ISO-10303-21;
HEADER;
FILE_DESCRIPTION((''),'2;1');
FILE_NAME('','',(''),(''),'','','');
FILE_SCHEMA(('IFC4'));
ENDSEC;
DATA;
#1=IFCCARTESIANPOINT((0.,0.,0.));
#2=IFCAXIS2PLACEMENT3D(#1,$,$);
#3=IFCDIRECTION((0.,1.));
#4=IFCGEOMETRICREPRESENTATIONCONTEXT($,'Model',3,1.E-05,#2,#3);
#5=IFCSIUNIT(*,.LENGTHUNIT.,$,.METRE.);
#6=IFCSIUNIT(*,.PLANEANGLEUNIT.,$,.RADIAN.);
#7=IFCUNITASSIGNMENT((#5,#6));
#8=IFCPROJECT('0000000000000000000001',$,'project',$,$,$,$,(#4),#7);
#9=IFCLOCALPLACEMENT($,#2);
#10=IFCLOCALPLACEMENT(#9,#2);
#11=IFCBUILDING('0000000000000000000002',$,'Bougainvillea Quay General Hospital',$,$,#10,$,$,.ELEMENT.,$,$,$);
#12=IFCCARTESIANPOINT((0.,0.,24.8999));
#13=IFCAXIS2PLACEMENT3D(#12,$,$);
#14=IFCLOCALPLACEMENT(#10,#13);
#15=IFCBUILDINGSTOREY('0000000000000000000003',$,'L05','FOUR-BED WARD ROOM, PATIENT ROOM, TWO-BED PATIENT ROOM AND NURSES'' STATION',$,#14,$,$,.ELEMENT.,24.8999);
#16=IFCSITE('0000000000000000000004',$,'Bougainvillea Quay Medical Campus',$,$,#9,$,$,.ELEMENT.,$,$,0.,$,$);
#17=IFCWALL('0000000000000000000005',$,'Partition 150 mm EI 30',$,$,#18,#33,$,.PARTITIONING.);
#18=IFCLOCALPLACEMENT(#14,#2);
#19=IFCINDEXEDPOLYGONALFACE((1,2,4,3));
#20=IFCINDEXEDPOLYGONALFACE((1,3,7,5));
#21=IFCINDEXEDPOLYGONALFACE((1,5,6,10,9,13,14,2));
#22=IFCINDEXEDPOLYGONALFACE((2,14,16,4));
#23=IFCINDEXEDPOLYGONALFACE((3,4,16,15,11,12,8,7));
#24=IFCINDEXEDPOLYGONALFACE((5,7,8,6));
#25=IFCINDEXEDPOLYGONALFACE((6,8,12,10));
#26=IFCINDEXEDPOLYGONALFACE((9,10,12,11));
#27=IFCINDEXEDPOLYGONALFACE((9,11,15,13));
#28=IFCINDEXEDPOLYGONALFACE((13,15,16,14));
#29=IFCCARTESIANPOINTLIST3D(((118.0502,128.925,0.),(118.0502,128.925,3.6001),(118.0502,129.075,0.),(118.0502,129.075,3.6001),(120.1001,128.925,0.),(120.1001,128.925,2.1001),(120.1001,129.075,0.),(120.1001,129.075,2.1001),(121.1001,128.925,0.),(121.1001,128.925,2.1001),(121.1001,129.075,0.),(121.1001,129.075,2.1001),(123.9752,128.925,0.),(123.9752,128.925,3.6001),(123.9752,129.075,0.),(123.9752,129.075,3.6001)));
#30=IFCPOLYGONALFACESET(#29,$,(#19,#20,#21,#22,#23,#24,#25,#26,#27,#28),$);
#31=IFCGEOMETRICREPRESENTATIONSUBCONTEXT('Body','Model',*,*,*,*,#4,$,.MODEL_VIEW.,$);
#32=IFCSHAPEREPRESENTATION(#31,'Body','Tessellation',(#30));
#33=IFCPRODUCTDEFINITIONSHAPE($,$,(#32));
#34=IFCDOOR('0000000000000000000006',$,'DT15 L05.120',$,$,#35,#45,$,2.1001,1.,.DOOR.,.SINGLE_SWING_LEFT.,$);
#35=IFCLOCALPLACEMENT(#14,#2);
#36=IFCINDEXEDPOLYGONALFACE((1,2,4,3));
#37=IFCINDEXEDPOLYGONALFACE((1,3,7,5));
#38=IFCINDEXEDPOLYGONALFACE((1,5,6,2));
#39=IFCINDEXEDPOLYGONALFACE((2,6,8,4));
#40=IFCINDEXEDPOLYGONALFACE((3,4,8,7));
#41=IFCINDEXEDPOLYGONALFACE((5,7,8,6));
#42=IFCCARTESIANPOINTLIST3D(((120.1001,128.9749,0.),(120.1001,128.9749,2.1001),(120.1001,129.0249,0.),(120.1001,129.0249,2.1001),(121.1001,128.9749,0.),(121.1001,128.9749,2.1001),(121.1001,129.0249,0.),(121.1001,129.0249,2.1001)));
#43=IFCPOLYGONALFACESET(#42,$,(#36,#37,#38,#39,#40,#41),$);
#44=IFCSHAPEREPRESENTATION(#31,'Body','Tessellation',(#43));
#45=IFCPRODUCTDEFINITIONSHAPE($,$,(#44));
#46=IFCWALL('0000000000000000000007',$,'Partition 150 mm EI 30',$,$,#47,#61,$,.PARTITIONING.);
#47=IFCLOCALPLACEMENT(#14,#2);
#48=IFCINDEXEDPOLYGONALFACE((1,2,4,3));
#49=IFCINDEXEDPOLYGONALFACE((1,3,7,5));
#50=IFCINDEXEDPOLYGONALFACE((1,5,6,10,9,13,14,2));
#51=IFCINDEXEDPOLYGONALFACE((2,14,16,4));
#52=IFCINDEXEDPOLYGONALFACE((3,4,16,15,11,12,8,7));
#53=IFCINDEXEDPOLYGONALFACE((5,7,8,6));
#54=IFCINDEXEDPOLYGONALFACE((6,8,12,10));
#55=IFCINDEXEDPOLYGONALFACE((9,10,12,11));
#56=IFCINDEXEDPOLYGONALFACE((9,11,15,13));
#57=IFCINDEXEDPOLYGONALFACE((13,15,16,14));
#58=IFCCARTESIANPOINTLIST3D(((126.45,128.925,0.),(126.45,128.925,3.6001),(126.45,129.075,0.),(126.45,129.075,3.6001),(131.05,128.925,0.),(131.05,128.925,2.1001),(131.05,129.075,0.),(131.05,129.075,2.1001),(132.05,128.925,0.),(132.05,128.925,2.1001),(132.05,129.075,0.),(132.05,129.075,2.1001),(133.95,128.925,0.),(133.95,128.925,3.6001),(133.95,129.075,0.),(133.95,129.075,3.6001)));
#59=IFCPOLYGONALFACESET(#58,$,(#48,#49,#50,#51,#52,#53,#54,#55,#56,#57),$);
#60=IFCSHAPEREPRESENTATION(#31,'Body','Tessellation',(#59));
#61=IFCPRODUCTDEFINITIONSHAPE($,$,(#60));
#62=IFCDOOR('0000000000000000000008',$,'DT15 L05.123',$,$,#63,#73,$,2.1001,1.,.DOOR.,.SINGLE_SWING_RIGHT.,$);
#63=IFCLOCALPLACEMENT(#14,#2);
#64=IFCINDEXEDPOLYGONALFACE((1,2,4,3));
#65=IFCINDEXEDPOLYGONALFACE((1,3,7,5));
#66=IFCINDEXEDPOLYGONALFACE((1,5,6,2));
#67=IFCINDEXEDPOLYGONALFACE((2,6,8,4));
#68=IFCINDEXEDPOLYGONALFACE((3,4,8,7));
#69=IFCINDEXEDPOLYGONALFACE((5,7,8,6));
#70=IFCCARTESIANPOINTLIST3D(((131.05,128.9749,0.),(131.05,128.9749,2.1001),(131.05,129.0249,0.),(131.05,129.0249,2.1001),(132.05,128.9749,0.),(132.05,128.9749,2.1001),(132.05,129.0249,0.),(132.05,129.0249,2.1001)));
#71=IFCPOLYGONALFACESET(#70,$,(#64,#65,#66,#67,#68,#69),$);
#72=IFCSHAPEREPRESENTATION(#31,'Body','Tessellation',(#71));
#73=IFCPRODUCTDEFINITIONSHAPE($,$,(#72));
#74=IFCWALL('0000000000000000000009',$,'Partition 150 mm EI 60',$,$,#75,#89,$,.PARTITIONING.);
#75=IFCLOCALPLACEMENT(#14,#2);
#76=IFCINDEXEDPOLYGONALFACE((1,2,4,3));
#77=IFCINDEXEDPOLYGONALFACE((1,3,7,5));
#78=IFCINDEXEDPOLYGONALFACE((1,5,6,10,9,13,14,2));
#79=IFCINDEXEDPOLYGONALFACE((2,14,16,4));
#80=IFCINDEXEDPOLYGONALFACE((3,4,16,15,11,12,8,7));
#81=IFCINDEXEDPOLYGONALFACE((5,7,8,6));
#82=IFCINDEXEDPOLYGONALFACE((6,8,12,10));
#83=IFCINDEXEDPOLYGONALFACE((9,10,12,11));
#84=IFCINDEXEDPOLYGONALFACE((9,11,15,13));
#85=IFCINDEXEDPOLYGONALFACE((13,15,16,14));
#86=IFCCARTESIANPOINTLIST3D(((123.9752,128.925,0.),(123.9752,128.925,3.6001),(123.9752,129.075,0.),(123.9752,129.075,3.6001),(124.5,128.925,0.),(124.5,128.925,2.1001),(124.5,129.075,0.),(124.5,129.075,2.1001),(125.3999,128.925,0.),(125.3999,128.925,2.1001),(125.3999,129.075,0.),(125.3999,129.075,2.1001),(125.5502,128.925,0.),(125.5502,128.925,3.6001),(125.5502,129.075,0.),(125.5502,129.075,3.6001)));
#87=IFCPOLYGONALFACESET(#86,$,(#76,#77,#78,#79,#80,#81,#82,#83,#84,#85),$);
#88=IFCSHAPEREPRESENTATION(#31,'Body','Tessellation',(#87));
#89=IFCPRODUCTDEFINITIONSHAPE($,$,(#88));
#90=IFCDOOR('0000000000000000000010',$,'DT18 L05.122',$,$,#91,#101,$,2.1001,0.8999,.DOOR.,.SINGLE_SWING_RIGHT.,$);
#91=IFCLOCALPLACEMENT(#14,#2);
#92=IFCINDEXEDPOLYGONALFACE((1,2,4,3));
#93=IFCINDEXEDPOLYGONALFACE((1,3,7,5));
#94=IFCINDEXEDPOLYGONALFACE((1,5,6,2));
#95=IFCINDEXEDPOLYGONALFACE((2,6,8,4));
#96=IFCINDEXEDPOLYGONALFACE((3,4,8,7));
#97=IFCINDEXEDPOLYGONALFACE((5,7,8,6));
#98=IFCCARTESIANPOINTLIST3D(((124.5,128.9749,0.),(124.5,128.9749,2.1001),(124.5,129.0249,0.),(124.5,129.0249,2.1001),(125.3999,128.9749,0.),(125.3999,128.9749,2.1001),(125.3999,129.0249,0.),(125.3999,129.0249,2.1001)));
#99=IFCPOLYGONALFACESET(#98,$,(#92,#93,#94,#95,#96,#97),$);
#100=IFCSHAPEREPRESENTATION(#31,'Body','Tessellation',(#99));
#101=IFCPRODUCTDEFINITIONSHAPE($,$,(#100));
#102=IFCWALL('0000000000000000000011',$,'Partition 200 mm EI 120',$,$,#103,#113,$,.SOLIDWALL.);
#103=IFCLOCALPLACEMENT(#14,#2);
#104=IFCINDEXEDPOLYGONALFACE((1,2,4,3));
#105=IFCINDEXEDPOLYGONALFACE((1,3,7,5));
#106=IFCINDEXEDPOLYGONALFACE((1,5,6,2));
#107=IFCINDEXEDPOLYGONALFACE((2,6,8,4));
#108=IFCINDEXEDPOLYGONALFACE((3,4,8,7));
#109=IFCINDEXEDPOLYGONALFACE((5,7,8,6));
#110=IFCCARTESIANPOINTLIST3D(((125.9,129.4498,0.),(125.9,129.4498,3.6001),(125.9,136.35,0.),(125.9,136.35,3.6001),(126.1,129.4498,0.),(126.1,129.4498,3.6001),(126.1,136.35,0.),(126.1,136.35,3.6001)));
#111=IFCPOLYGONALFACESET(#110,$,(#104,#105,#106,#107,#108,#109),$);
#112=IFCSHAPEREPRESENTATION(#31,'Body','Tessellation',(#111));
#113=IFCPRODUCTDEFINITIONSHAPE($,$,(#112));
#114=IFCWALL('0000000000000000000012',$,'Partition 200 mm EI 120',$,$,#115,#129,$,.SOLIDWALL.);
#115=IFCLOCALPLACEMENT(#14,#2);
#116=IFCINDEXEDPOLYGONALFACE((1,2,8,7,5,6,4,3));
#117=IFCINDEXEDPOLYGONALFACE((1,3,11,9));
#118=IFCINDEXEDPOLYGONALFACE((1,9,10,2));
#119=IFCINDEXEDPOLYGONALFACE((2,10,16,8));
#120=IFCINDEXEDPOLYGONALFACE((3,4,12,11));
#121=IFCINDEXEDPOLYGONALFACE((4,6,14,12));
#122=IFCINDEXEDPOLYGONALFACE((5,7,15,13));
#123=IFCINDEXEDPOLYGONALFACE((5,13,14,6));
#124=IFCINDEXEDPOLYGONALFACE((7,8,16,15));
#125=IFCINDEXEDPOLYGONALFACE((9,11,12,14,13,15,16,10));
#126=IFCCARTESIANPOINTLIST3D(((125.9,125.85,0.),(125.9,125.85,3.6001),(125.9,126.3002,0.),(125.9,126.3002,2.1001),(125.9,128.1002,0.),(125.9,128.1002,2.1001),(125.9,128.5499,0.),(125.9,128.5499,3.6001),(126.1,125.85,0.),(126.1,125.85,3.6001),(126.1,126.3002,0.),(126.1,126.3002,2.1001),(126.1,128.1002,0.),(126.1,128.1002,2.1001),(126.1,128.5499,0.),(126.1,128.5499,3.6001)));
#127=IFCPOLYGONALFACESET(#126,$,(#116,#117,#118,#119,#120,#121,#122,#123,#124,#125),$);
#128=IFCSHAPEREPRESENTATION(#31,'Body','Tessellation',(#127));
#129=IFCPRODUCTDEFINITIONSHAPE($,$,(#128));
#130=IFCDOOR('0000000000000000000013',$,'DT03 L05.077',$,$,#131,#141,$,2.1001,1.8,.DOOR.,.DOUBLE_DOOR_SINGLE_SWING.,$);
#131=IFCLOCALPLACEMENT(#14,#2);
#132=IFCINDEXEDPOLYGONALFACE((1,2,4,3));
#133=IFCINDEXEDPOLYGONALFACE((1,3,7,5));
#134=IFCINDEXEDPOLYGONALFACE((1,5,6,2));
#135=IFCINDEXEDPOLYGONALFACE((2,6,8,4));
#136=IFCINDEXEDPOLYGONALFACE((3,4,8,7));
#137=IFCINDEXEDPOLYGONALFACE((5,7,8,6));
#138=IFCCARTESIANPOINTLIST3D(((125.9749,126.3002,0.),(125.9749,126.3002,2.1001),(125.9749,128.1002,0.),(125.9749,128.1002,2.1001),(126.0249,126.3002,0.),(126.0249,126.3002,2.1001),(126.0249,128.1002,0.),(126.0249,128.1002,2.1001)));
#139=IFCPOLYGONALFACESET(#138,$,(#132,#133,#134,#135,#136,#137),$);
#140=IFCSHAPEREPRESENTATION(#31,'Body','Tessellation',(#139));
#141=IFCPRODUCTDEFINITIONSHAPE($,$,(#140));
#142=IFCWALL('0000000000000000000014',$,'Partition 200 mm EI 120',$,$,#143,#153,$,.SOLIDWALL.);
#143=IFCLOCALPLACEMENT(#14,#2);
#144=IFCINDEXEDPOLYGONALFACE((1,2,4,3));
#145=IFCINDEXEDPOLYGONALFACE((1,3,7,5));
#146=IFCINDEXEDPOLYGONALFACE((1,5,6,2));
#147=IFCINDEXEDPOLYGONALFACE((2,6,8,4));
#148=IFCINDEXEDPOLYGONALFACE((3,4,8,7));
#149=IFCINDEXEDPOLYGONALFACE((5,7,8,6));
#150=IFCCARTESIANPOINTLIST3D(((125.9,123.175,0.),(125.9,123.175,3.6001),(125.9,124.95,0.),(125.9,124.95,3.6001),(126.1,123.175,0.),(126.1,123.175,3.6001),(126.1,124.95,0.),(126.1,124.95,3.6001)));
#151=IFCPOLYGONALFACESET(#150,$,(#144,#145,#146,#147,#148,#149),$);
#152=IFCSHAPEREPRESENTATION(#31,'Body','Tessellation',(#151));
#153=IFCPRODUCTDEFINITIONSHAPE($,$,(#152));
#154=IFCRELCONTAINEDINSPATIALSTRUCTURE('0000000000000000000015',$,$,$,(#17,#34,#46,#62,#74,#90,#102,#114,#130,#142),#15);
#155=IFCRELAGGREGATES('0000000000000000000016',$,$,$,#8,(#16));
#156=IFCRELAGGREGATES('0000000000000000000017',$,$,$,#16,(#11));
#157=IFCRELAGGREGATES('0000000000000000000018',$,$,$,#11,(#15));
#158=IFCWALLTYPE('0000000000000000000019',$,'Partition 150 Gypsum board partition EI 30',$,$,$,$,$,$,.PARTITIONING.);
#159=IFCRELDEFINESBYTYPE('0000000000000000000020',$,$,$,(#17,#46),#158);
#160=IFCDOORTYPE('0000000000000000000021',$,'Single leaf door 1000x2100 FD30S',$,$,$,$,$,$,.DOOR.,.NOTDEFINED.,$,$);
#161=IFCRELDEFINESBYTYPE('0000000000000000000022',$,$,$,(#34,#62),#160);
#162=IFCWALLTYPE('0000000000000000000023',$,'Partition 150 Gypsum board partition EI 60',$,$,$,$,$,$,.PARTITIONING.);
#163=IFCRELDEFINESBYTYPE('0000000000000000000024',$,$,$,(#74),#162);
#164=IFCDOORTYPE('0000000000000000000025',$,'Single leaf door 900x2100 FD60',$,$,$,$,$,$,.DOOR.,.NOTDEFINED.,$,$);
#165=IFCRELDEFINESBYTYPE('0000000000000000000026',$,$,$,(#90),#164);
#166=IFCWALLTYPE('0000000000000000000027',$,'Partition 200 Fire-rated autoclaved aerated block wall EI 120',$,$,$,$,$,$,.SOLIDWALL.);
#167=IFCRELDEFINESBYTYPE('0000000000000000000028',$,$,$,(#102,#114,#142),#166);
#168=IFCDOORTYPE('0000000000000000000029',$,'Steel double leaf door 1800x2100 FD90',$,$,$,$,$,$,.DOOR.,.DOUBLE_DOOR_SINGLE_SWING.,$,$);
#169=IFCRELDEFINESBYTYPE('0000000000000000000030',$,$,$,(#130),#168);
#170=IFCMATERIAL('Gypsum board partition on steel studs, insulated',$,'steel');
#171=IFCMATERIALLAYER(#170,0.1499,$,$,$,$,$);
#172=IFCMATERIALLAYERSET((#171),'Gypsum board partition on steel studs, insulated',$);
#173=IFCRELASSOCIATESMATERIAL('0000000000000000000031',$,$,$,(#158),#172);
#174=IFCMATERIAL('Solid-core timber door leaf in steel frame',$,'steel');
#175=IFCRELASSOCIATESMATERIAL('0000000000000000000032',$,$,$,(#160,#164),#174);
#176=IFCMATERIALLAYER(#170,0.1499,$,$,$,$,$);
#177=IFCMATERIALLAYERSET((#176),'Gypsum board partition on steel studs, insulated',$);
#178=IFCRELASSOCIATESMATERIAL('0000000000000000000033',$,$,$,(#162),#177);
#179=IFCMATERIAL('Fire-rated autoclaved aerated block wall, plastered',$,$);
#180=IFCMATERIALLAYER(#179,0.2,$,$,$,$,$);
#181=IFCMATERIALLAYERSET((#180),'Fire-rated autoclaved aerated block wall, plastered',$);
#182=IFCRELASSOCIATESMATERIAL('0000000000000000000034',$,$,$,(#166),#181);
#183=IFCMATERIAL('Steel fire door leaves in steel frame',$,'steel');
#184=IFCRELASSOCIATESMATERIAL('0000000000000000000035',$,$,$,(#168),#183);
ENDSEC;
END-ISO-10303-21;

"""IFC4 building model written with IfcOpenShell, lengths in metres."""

from ifc_helpers import new_model, si_unit, direction, frame, frame_2d, origin, place, context, subcontext, project, spatial, rectangle, extrude, material, layer, layer_set, type_object, element, fill, save


model = new_model("IFC4")

# Units and contexts
model_context = context("Model", 3, precision=1e-05, world=origin(), true_north=direction((0.0, 1.0)))
body_context = subcontext(model_context, "Body", "Model", "MODEL_VIEW")
ifc_project = project(units=[si_unit("LENGTHUNIT", "METRE"), si_unit("PLANEANGLEUNIT", "RADIAN")], contexts=[model_context])

# Site, building, storey
site_placement = place(None, origin())
site = spatial("IfcSite", under=ifc_project, at=site_placement, Name="Bougainvillea Quay Medical Campus", CompositionType="ELEMENT", RefElevation=0.0)
building_placement = place(site_placement, origin())
building = spatial("IfcBuilding", under=site, at=building_placement, Name="Bougainvillea Quay General Hospital", CompositionType="ELEMENT")
storey_placement = place(building_placement, frame((0.0, 0.0, 24.8999)))
storey = spatial("IfcBuildingStorey", under=building, at=storey_placement, Name="L05", Description="FOUR-BED WARD ROOM, PATIENT ROOM, TWO-BED PATIENT ROOM AND NURSES' STATION", CompositionType="ELEMENT", Elevation=24.8999)

# Shared definitions
ifc_material_1 = material(Name="Gypsum board partition on steel studs, insulated", Category="steel")

# Shared definitions
ifc_material_2 = material(Name="Solid-core timber door leaf in steel frame", Category="steel")

# Walls, openings, doors
ifc_layer_1 = layer(ifc_material_1, 0.1499)
ifc_layer_set_1 = layer_set([ifc_layer_1], Name="Gypsum board partition on steel studs, insulated")
wall_type_1 = type_object("IfcWallType", Name="Partition 150 Gypsum board partition EI 30", PredefinedType="PARTITIONING", material=ifc_layer_set_1)
wall_1_placement = place(storey_placement, frame((123.9751, 129.0, 0.0), z_axis=(0.0, 0.0, 1.0), x_axis=(-1.0, 0.0, 0.0)))
wall_1 = element("IfcWall", 1, at=wall_1_placement, inside=storey, type_object=wall_type_1, Name="Partition 150 mm EI 30", PredefinedType="PARTITIONING", context=body_context, shape_type="SweptSolid", body=[
    extrude(rectangle(XDim=5.925, YDim=0.1499, at=frame_2d((2.9624, 0.0))), origin(), (0.0, 0.0, 1.0), 3.6001),
])
opening_1_placement = place(wall_1_placement, frame((2.875, 0.0, 0.0)))
opening_1 = element("IfcOpeningElement", 2, at=opening_1_placement, cuts=wall_1, PredefinedType="OPENING", context=body_context, shape_type="SweptSolid", body=[
    extrude(rectangle(XDim=1.0, YDim=2.1001, at=frame_2d((0.5, 1.05))), frame((0.0, 0.085, 0.0), z_axis=(0.0, -1.0, 0.0), x_axis=(1.0, 0.0, 0.0)), (0.0, 0.0, 1.0), 0.1699),
])
door_type_1 = type_object("IfcDoorType", Name="Single leaf door 1000x2100 FD30S", OperationType="NOTDEFINED", PredefinedType="DOOR", material=ifc_material_2)
door_1_placement = place(opening_1_placement, frame((1.0, 0.0, 0.0), z_axis=(0.0, 0.0, 1.0), x_axis=(-1.0, 0.0, 0.0)))
door_1 = element("IfcDoor", 3, at=door_1_placement, inside=storey, type_object=door_type_1, Name="DT15 L05.120", OperationType="SINGLE_SWING_LEFT", OverallHeight=2.1001, OverallWidth=1.0, PredefinedType="DOOR", context=body_context, shape_type="SweptSolid", body=[
    extrude(rectangle(XDim=1.0, YDim=2.1001, at=frame_2d((0.5, 1.05))), frame((0.0, 0.0249, 0.0), z_axis=(0.0, -1.0, 0.0), x_axis=(1.0, 0.0, 0.0)), (0.0, 0.0, 1.0), 0.05),
])
fill(opening_1, door_1)
wall_2_placement = place(storey_placement, frame((126.45, 129.0, 0.0), z_axis=(0.0, 0.0, 1.0), x_axis=(1.0, 0.0, 0.0)))
wall_2 = element("IfcWall", 4, at=wall_2_placement, inside=storey, type_object=wall_type_1, Name="Partition 150 mm EI 30", PredefinedType="PARTITIONING", context=body_context, shape_type="SweptSolid", body=[
    extrude(rectangle(XDim=7.5, YDim=0.1499, at=frame_2d((3.75, 0.0))), origin(), (0.0, 0.0, 1.0), 3.6001),
])
opening_2_placement = place(wall_2_placement, frame((4.6001, 0.0, 0.0)))
opening_2 = element("IfcOpeningElement", 5, at=opening_2_placement, cuts=wall_2, PredefinedType="OPENING", context=body_context, shape_type="SweptSolid", body=[
    extrude(rectangle(XDim=1.0, YDim=2.1001, at=frame_2d((0.5, 1.05))), frame((0.0, 0.085, 0.0), z_axis=(0.0, -1.0, 0.0), x_axis=(1.0, 0.0, 0.0)), (0.0, 0.0, 1.0), 0.1699),
])
door_2_placement = place(opening_2_placement, origin())
door_2 = element("IfcDoor", 6, at=door_2_placement, inside=storey, type_object=door_type_1, Name="DT15 L05.123", OperationType="SINGLE_SWING_RIGHT", OverallHeight=2.1001, OverallWidth=1.0, PredefinedType="DOOR", context=body_context, shape_type="SweptSolid", body=[
    extrude(rectangle(XDim=1.0, YDim=2.1001, at=frame_2d((0.5, 1.05))), frame((0.0, 0.0249, 0.0), z_axis=(0.0, -1.0, 0.0), x_axis=(1.0, 0.0, 0.0)), (0.0, 0.0, 1.0), 0.05),
])
fill(opening_2, door_2)
ifc_layer_2 = layer(ifc_material_1, 0.1499)
ifc_layer_set_2 = layer_set([ifc_layer_2], Name="Gypsum board partition on steel studs, insulated")
wall_type_2 = type_object("IfcWallType", Name="Partition 150 Gypsum board partition EI 60", PredefinedType="PARTITIONING", material=ifc_layer_set_2)
wall_3_placement = place(storey_placement, frame((123.9751, 129.0, 0.0), z_axis=(0.0, 0.0, 1.0), x_axis=(1.0, 0.0, 0.0)))
wall_3 = element("IfcWall", 7, at=wall_3_placement, inside=storey, type_object=wall_type_2, Name="Partition 150 mm EI 60", PredefinedType="PARTITIONING", context=body_context, shape_type="SweptSolid", body=[
    extrude(rectangle(XDim=1.575, YDim=0.1499, at=frame_2d((0.7876, 0.0))), origin(), (0.0, 0.0, 1.0), 3.6001),
])
opening_3_placement = place(wall_3_placement, frame((0.5249, 0.0, 0.0)))
opening_3 = element("IfcOpeningElement", 8, at=opening_3_placement, cuts=wall_3, PredefinedType="OPENING", context=body_context, shape_type="SweptSolid", body=[
    extrude(rectangle(XDim=0.8999, YDim=2.1001, at=frame_2d((0.45, 1.05))), frame((0.0, 0.085, 0.0), z_axis=(0.0, -1.0, 0.0), x_axis=(1.0, 0.0, 0.0)), (0.0, 0.0, 1.0), 0.1699),
])
door_type_2 = type_object("IfcDoorType", Name="Single leaf door 900x2100 FD60", OperationType="NOTDEFINED", PredefinedType="DOOR", material=ifc_material_2)
door_3_placement = place(opening_3_placement, origin())
door_3 = element("IfcDoor", 9, at=door_3_placement, inside=storey, type_object=door_type_2, Name="DT18 L05.122", OperationType="SINGLE_SWING_RIGHT", OverallHeight=2.1001, OverallWidth=0.8999, PredefinedType="DOOR", context=body_context, shape_type="SweptSolid", body=[
    extrude(rectangle(XDim=0.8999, YDim=2.1001, at=frame_2d((0.45, 1.05))), frame((0.0, 0.0249, 0.0), z_axis=(0.0, -1.0, 0.0), x_axis=(1.0, 0.0, 0.0)), (0.0, 0.0, 1.0), 0.05),
])
fill(opening_3, door_3)

# Wall
ifc_material_3 = material(Name="Fire-rated autoclaved aerated block wall, plastered")
ifc_layer_3 = layer(ifc_material_3, 0.2)
ifc_layer_set_3 = layer_set([ifc_layer_3], Name="Fire-rated autoclaved aerated block wall, plastered")
wall_type_3 = type_object("IfcWallType", Name="Partition 200 Fire-rated autoclaved aerated block wall EI 120", PredefinedType="SOLIDWALL", material=ifc_layer_set_3)
wall_4_placement = place(storey_placement, frame((126.0, 136.3501, 0.0), z_axis=(0.0, 0.0, 1.0), x_axis=(0.0, -1.0, 0.0)))
element("IfcWall", 10, at=wall_4_placement, inside=storey, type_object=wall_type_3, Name="Partition 200 mm EI 120", PredefinedType="SOLIDWALL", context=body_context, shape_type="SweptSolid", body=[
    extrude(rectangle(XDim=6.9001, YDim=0.2, at=frame_2d((3.4502, 0.0))), origin(), (0.0, 0.0, 1.0), 3.6001),
])

# Wall, opening, door
wall_5_placement = place(storey_placement, frame((126.0, 128.55, 0.0), z_axis=(0.0, 0.0, 1.0), x_axis=(0.0, -1.0, 0.0)))
wall_5 = element("IfcWall", 11, at=wall_5_placement, inside=storey, type_object=wall_type_3, Name="Partition 200 mm EI 120", PredefinedType="SOLIDWALL", context=body_context, shape_type="SweptSolid", body=[
    extrude(rectangle(XDim=2.7, YDim=0.2, at=frame_2d((1.3501, 0.0))), origin(), (0.0, 0.0, 1.0), 3.6001),
])
opening_4_placement = place(wall_5_placement, frame((0.45, 0.0, 0.0)))
opening_4 = element("IfcOpeningElement", 12, at=opening_4_placement, cuts=wall_5, PredefinedType="OPENING", context=body_context, shape_type="SweptSolid", body=[
    extrude(rectangle(XDim=1.8, YDim=2.1001, at=frame_2d((0.8999, 1.05))), frame((0.0, 0.1099, 0.0), z_axis=(0.0, -1.0, 0.0), x_axis=(1.0, 0.0, 0.0)), (0.0, 0.0, 1.0), 0.22),
])
ifc_material_4 = material(Name="Steel fire door leaves in steel frame", Category="steel")
door_type_3 = type_object("IfcDoorType", Name="Steel double leaf door 1800x2100 FD90", OperationType="DOUBLE_DOOR_SINGLE_SWING", PredefinedType="DOOR", material=ifc_material_4)
door_4_placement = place(opening_4_placement, origin())
door_4 = element("IfcDoor", 13, at=door_4_placement, inside=storey, type_object=door_type_3, Name="DT03 L05.077", OperationType="DOUBLE_DOOR_SINGLE_SWING", OverallHeight=2.1001, OverallWidth=1.8, PredefinedType="DOOR", context=body_context, shape_type="SweptSolid", body=[
    extrude(rectangle(XDim=1.8, YDim=2.1001, at=frame_2d((0.8999, 1.05))), frame((0.0, 0.0249, 0.0), z_axis=(0.0, -1.0, 0.0), x_axis=(1.0, 0.0, 0.0)), (0.0, 0.0, 1.0), 0.05),
])
fill(opening_4, door_4)

# Wall
wall_6_placement = place(storey_placement, frame((126.0, 124.95, 0.0), z_axis=(0.0, 0.0, 1.0), x_axis=(0.0, -1.0, 0.0)))
element("IfcWall", 14, at=wall_6_placement, inside=storey, type_object=wall_type_3, Name="Partition 200 mm EI 120", PredefinedType="SOLIDWALL", context=body_context, shape_type="SweptSolid", body=[
    extrude(rectangle(XDim=1.7749, YDim=0.2, at=frame_2d((0.8875, 0.0))), origin(), (0.0, 0.0, 1.0), 3.6001),
])

save(model, "model.ifc")
